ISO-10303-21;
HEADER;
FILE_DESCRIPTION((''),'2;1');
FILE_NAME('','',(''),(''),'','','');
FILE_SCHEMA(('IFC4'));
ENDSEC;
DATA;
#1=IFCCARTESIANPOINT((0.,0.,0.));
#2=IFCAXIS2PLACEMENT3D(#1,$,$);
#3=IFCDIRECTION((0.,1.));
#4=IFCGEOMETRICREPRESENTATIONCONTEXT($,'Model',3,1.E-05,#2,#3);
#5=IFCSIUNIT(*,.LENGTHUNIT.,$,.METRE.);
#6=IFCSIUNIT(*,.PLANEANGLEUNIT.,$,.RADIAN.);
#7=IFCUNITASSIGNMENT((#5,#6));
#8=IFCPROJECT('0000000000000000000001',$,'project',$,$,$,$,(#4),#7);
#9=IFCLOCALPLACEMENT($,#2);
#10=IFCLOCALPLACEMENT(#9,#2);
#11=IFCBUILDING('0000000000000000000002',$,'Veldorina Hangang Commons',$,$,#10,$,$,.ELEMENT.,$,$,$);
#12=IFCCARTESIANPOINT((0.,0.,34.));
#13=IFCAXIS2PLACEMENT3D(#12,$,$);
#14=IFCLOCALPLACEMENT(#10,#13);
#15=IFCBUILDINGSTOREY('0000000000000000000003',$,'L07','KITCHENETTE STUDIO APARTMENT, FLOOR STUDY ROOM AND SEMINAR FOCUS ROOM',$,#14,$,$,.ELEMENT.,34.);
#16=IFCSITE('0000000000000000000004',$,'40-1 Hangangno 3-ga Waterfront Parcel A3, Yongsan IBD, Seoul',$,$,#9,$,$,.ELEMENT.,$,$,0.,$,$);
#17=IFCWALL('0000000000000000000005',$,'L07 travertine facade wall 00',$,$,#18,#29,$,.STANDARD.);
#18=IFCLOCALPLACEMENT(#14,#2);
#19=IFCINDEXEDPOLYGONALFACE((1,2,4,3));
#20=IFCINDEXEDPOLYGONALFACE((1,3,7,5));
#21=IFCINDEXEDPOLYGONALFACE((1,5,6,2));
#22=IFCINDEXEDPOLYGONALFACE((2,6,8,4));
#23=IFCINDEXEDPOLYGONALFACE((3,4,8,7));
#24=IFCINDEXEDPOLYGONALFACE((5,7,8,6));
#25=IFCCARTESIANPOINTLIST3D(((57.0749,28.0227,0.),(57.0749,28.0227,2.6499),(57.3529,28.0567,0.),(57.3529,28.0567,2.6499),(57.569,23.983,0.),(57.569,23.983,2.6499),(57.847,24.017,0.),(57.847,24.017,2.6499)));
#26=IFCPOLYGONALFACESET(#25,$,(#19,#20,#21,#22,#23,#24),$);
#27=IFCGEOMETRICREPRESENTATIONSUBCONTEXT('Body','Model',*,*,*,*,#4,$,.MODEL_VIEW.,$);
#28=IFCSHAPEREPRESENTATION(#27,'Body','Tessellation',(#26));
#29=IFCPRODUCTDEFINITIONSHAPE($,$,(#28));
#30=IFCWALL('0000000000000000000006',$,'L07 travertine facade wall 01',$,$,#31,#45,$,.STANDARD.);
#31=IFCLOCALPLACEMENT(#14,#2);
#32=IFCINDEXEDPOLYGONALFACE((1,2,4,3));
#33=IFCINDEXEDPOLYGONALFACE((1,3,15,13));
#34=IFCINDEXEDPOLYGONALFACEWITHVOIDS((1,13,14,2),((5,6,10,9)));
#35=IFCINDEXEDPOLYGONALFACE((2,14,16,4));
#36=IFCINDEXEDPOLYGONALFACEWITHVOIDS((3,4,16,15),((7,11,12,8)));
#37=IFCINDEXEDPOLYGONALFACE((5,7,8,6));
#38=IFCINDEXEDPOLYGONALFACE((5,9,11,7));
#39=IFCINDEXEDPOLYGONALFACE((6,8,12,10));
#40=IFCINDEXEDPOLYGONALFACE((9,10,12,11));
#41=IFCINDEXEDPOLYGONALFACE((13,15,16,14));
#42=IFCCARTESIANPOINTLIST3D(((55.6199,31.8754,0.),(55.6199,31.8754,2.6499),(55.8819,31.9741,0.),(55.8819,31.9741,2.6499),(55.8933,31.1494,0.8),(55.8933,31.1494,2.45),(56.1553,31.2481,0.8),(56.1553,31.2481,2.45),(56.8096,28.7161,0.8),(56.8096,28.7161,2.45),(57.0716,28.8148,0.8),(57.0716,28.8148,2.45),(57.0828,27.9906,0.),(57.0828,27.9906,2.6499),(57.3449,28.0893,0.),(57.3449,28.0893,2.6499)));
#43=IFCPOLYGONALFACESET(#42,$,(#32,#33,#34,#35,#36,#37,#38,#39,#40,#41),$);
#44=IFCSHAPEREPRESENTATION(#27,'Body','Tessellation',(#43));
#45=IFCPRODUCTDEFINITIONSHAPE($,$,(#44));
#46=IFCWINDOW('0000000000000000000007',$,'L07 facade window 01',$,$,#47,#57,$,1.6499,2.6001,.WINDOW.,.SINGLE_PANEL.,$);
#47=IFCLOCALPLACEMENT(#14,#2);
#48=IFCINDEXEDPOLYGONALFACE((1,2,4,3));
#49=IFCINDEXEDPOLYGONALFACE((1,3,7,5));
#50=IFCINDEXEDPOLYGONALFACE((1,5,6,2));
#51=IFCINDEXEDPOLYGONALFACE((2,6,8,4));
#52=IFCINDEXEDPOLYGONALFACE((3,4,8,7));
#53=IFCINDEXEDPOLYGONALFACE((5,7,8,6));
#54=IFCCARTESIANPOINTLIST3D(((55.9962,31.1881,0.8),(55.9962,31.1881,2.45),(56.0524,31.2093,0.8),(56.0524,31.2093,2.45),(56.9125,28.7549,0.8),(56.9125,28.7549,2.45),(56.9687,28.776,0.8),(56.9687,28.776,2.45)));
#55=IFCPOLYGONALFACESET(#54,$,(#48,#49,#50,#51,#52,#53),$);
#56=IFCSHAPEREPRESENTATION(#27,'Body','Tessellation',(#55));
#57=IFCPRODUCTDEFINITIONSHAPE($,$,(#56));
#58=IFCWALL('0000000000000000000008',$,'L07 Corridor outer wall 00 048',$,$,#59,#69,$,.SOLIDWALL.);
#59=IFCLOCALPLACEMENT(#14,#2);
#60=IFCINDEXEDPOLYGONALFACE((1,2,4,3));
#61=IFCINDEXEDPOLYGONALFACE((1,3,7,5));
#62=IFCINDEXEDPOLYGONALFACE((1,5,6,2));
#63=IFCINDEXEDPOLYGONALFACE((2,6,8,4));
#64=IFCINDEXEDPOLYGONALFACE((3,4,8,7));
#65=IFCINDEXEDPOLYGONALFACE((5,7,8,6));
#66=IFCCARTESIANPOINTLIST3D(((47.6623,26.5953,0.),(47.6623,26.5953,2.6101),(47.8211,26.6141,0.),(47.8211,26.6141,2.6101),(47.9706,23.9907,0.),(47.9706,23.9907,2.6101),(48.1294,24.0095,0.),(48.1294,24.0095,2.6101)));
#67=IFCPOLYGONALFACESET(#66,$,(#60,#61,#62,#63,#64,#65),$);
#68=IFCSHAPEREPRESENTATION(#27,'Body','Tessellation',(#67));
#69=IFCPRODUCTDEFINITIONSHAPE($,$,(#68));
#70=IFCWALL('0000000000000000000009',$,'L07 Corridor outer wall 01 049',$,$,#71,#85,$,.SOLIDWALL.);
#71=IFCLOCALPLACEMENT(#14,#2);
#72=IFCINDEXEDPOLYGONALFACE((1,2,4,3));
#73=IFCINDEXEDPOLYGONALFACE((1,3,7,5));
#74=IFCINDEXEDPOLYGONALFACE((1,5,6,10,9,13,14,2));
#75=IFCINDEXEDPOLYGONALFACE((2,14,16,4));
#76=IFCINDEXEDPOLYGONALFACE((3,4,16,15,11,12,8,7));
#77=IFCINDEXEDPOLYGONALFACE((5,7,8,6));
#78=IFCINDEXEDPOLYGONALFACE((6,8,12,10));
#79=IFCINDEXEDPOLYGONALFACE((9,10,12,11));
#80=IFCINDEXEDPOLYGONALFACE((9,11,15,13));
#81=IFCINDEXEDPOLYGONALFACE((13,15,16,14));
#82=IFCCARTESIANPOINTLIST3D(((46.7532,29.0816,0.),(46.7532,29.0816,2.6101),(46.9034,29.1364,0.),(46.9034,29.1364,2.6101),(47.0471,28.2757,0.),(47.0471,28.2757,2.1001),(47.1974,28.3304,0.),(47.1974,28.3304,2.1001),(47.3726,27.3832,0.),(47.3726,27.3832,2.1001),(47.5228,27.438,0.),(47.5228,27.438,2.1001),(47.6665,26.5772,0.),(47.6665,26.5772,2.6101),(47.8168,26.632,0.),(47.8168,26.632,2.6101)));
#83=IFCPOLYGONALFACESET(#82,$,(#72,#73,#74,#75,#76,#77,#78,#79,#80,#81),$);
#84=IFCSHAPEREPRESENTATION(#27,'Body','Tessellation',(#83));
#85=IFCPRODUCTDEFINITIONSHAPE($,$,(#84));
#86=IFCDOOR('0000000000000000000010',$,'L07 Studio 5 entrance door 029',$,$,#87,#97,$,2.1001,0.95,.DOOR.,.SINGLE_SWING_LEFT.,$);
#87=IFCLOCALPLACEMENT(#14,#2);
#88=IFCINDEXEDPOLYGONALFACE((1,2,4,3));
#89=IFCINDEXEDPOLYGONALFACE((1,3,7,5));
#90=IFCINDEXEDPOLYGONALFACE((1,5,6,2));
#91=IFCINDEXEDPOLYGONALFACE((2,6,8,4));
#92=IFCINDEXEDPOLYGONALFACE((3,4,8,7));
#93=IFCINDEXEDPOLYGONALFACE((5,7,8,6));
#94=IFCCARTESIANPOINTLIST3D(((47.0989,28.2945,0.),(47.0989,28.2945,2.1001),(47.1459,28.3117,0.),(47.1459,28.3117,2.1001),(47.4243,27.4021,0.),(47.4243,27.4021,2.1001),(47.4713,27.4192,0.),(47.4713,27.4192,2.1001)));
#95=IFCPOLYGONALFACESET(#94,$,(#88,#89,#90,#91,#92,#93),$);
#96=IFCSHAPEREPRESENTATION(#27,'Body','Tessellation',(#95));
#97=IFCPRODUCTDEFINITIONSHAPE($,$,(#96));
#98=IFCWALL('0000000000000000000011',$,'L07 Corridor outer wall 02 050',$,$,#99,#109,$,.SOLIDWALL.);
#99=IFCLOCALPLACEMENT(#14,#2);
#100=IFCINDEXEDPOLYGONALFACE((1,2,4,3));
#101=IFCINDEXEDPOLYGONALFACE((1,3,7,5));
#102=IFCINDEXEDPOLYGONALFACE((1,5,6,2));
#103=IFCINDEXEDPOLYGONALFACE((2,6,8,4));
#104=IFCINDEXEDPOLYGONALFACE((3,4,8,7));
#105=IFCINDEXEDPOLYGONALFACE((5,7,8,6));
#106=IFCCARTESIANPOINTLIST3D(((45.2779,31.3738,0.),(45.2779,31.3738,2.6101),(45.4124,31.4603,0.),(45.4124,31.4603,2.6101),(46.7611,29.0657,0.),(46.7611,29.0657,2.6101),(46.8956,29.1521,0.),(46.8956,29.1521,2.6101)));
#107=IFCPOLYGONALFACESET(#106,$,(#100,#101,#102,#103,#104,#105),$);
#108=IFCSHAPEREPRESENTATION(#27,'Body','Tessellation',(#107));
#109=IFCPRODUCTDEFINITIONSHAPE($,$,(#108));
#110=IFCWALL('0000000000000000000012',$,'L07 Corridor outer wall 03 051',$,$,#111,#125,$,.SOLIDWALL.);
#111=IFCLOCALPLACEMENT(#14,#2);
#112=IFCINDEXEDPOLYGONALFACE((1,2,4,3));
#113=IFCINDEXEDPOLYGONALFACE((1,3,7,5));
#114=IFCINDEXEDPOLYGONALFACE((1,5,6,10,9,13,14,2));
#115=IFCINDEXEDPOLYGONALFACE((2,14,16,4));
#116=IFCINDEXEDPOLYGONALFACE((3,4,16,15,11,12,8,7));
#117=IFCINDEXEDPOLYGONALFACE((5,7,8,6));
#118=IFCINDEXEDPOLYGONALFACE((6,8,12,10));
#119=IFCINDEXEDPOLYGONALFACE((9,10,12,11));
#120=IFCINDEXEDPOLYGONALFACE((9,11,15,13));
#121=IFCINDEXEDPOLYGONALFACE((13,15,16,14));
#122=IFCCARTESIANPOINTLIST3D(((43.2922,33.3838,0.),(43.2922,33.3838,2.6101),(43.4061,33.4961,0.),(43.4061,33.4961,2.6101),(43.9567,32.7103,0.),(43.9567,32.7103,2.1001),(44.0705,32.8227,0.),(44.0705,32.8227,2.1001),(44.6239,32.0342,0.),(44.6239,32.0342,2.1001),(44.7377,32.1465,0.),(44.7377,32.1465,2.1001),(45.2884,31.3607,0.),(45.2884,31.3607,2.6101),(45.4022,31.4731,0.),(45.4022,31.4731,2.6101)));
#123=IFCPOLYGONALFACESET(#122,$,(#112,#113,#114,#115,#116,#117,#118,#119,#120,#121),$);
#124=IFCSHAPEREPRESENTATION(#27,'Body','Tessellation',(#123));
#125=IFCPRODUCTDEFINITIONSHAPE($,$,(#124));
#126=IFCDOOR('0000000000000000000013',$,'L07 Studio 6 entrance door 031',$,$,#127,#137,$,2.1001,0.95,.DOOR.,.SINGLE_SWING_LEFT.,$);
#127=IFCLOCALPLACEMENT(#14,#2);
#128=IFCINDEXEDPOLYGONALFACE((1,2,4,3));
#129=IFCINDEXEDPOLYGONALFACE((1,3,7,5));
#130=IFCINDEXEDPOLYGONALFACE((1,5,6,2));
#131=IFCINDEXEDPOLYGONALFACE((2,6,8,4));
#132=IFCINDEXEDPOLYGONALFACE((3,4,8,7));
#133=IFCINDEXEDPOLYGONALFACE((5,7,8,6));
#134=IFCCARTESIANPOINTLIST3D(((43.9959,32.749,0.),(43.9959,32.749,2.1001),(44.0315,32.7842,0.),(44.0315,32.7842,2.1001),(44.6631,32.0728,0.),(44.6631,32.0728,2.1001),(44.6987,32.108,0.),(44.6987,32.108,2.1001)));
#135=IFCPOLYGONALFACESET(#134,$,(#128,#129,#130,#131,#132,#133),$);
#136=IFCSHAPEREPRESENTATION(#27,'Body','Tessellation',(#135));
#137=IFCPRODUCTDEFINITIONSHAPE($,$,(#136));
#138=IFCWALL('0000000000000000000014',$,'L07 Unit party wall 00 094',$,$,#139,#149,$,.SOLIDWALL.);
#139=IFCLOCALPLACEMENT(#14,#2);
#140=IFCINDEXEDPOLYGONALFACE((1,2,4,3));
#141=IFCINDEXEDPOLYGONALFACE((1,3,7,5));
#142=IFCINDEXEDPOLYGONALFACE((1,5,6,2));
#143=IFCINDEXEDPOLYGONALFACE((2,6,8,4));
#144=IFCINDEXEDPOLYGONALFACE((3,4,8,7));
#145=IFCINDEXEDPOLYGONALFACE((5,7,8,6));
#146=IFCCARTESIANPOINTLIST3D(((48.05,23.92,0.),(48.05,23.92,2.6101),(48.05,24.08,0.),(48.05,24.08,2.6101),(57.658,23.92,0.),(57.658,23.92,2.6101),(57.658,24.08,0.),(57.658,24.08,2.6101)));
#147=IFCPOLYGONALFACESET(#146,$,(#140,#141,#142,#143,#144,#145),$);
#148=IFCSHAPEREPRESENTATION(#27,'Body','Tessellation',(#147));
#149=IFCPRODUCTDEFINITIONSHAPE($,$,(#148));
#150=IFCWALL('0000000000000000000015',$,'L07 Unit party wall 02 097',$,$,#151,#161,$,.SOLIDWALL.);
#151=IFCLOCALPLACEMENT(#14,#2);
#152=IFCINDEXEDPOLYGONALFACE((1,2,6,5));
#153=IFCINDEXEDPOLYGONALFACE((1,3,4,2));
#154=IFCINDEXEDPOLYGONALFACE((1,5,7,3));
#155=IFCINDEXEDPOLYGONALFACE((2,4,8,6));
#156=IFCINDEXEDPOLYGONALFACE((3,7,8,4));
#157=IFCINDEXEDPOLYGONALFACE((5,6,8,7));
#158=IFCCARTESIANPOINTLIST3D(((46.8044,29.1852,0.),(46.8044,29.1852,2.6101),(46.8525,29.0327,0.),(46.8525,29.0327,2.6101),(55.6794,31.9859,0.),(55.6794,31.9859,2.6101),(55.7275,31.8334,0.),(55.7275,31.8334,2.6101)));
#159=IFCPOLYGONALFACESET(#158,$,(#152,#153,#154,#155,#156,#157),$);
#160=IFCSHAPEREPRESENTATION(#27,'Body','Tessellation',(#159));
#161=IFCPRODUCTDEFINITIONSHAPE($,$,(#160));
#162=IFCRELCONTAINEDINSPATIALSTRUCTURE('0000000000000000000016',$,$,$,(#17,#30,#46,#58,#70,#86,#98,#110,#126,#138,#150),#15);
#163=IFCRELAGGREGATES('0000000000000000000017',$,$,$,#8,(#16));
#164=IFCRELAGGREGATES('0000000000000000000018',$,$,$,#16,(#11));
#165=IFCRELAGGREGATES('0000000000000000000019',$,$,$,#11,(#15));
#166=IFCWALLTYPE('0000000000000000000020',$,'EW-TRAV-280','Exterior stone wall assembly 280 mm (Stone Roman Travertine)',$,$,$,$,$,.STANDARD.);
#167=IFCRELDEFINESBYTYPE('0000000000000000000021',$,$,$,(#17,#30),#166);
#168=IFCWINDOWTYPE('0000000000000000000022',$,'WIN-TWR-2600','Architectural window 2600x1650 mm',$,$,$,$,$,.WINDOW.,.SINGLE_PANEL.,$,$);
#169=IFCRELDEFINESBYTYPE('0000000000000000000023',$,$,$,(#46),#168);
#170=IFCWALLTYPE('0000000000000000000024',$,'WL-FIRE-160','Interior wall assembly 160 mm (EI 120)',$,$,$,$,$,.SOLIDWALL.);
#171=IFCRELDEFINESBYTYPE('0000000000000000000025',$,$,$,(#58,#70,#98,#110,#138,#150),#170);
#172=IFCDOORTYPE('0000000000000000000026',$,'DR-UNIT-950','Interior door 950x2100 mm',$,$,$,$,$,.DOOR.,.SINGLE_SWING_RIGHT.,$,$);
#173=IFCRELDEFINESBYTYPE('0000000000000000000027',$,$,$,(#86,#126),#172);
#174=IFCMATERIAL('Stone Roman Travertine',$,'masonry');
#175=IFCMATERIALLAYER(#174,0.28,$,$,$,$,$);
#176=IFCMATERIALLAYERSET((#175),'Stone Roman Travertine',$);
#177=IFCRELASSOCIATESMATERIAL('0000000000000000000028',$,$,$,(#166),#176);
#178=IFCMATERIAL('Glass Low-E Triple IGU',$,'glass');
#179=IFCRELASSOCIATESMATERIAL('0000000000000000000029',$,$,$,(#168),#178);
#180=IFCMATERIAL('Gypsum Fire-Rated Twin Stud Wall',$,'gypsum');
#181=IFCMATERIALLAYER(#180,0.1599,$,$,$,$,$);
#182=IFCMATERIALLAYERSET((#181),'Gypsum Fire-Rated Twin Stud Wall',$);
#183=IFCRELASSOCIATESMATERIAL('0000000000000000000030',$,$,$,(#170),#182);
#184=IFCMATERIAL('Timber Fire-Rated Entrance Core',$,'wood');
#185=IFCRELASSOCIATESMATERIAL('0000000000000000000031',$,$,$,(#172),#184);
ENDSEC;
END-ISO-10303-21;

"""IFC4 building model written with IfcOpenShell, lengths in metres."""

from ifc_helpers import new_model, si_unit, direction, frame, frame_2d, origin, place, context, subcontext, project, spatial, rectangle, extrude, material, layer, layer_set, type_object, element, fill, save


model = new_model("IFC4")

# Units and contexts
model_context = context("Model", 3, precision=1e-05, world=origin(), true_north=direction((0.0, 1.0)))
body_context = subcontext(model_context, "Body", "Model", "MODEL_VIEW")
ifc_project = project(units=[si_unit("LENGTHUNIT", "METRE"), si_unit("PLANEANGLEUNIT", "RADIAN")], contexts=[model_context])

# Site, building, storey
site_placement = place(None, origin())
site = spatial("IfcSite", under=ifc_project, at=site_placement, Name="40-1 Hangangno 3-ga Waterfront Parcel A3, Yongsan IBD, Seoul", CompositionType="ELEMENT", RefElevation=0.0)
building_placement = place(site_placement, origin())
building = spatial("IfcBuilding", under=site, at=building_placement, Name="Veldorina Hangang Commons", CompositionType="ELEMENT")
storey_placement = place(building_placement, frame((0.0, 0.0, 34.0)))
storey = spatial("IfcBuildingStorey", under=building, at=storey_placement, Name="L07", Description="KITCHENETTE STUDIO APARTMENT, FLOOR STUDY ROOM AND SEMINAR FOCUS ROOM", CompositionType="ELEMENT", Elevation=34.0)

# Wall
ifc_material_1 = material(Name="Stone Roman Travertine", Category="masonry")
ifc_layer_1 = layer(ifc_material_1, 0.28)
ifc_layer_set_1 = layer_set([ifc_layer_1], Name="Stone Roman Travertine")
wall_type_1 = type_object("IfcWallType", Name="EW-TRAV-280", Description="Exterior stone wall assembly 280 mm (Stone Roman Travertine)", PredefinedType="STANDARD", material=ifc_layer_set_1)
wall_1_placement = place(storey_placement, frame((57.708, 24.0, 0.0), z_axis=(0.0, 0.0, 1.0), x_axis=(-0.121413, 0.992602, 0.0)))
element("IfcWall", 1, at=wall_1_placement, inside=storey, type_object=wall_type_1, Name="L07 travertine facade wall 00", PredefinedType="STANDARD", context=body_context, shape_type="SweptSolid", body=[
    extrude(rectangle(XDim=4.0698, YDim=0.28, at=frame_2d((2.0349, 0.0))), origin(), (0.0, 0.0, 1.0), 2.6499),
])

# Wall, opening, window
wall_2_placement = place(storey_placement, frame((57.2139, 28.0398, 0.0), z_axis=(0.0, 0.0, 1.0), x_axis=(-0.352412, 0.935845, 0.0)))
wall_2 = element("IfcWall", 2, at=wall_2_placement, inside=storey, type_object=wall_type_1, Name="L07 travertine facade wall 01", PredefinedType="STANDARD", context=body_context, shape_type="SweptSolid", body=[
    extrude(rectangle(XDim=4.1511, YDim=0.28, at=frame_2d((2.0757, 0.0))), origin(), (0.0, 0.0, 1.0), 2.6499),
])
opening_1_placement = place(wall_2_placement, frame((0.7754, 0.0, 0.8)))
opening_1 = element("IfcOpeningElement", 3, at=opening_1_placement, cuts=wall_2, PredefinedType="OPENING", context=body_context, shape_type="SweptSolid", body=[
    extrude(rectangle(XDim=2.6001, YDim=1.6499, at=frame_2d((1.3, 0.825))), frame((0.0, 0.1499, 0.0), z_axis=(0.0, -1.0, 0.0), x_axis=(1.0, 0.0, 0.0)), (0.0, 0.0, 1.0), 0.3),
])
ifc_material_2 = material(Name="Glass Low-E Triple IGU", Category="glass")
window_type = type_object("IfcWindowType", Name="WIN-TWR-2600", Description="Architectural window 2600x1650 mm", PartitioningType="SINGLE_PANEL", PredefinedType="WINDOW", material=ifc_material_2)
window_placement = place(opening_1_placement, origin())
window = element("IfcWindow", 4, at=window_placement, inside=storey, type_object=window_type, Name="L07 facade window 01", OverallHeight=1.6499, OverallWidth=2.6001, PartitioningType="SINGLE_PANEL", PredefinedType="WINDOW", context=body_context, shape_type="SweptSolid", body=[
    extrude(rectangle(XDim=2.6001, YDim=1.6499, at=frame_2d((1.3, 0.825))), frame((0.0, 0.03, 0.0), z_axis=(0.0, -1.0, 0.0), x_axis=(1.0, 0.0, 0.0)), (0.0, 0.0, 1.0), 0.0601),
])
fill(opening_1, window)

# Wall
ifc_material_3 = material(Name="Gypsum Fire-Rated Twin Stud Wall", Category="gypsum")
ifc_layer_2 = layer(ifc_material_3, 0.1599)
ifc_layer_set_2 = layer_set([ifc_layer_2], Name="Gypsum Fire-Rated Twin Stud Wall")
wall_type_2 = type_object("IfcWallType", Name="WL-FIRE-160", Description="Interior wall assembly 160 mm (EI 120)", PredefinedType="SOLIDWALL", material=ifc_layer_set_2)
wall_3_placement = place(storey_placement, frame((48.05, 24.0, 0.0), z_axis=(0.0, 0.0, 1.0), x_axis=(-0.11757, 0.993065, 0.0)))
element("IfcWall", 5, at=wall_3_placement, inside=storey, type_object=wall_type_2, Name="L07 Corridor outer wall 00 048", PredefinedType="SOLIDWALL", context=body_context, shape_type="SweptSolid", body=[
    extrude(rectangle(XDim=2.6228, YDim=0.1599, at=frame_2d((1.3115, 0.0))), origin(), (0.0, 0.0, 1.0), 2.6101),
])

# Wall, opening, door
wall_4_placement = place(storey_placement, frame((47.7417, 26.6045, 0.0), z_axis=(0.0, 0.0, 1.0), x_axis=(-0.342618, 0.939475, 0.0)))
wall_4 = element("IfcWall", 6, at=wall_4_placement, inside=storey, type_object=wall_type_2, Name="L07 Corridor outer wall 01 049", PredefinedType="SOLIDWALL", context=body_context, shape_type="SweptSolid", body=[
    extrude(rectangle(XDim=2.6658, YDim=0.1599, at=frame_2d((1.333, 0.0))), origin(), (0.0, 0.0, 1.0), 2.6101),
])
opening_2_placement = place(wall_4_placement, frame((0.8579, 0.0, 0.0)))
opening_2 = element("IfcOpeningElement", 7, at=opening_2_placement, cuts=wall_4, PredefinedType="OPENING", context=body_context, shape_type="SweptSolid", body=[
    extrude(rectangle(XDim=0.95, YDim=2.1001, at=frame_2d((0.4751, 1.05))), frame((0.0, 0.0898, 0.0), z_axis=(0.0, -1.0, 0.0), x_axis=(1.0, 0.0, 0.0)), (0.0, 0.0, 1.0), 0.1799),
])
ifc_material_4 = material(Name="Timber Fire-Rated Entrance Core", Category="wood")
door_type_1 = type_object("IfcDoorType", Name="DR-UNIT-950", Description="Interior door 950x2100 mm", OperationType="SINGLE_SWING_RIGHT", PredefinedType="DOOR", material=ifc_material_4)
door_1_placement = place(opening_2_placement, origin())
door_1 = element("IfcDoor", 8, at=door_1_placement, inside=storey, type_object=door_type_1, Name="L07 Studio 5 entrance door 029", OperationType="SINGLE_SWING_LEFT", OverallHeight=2.1001, OverallWidth=0.95, PredefinedType="DOOR", context=body_context, shape_type="SweptSolid", body=[
    extrude(rectangle(XDim=0.95, YDim=2.1001, at=frame_2d((0.4751, 1.05))), frame((0.0, 0.0249, 0.0), z_axis=(0.0, -1.0, 0.0), x_axis=(1.0, 0.0, 0.0)), (0.0, 0.0, 1.0), 0.05),
])
fill(opening_2, door_1)

# Wall
wall_5_placement = place(storey_placement, frame((46.8284, 29.1089, 0.0), z_axis=(0.0, 0.0, 1.0), x_axis=(-0.540596, 0.841283, 0.0)))
element("IfcWall", 9, at=wall_5_placement, inside=storey, type_object=wall_type_2, Name="L07 Corridor outer wall 02 050", PredefinedType="SOLIDWALL", context=body_context, shape_type="SweptSolid", body=[
    extrude(rectangle(XDim=2.7437, YDim=0.1599, at=frame_2d((1.3718, 0.0))), origin(), (0.0, 0.0, 1.0), 2.6101),
])

# Wall, opening, door
wall_6_placement = place(storey_placement, frame((45.3452, 31.417, 0.0), z_axis=(0.0, 0.0, 1.0), x_axis=(-0.702366, 0.711816, 0.0)))
wall_6 = element("IfcWall", 10, at=wall_6_placement, inside=storey, type_object=wall_type_2, Name="L07 Corridor outer wall 03 051", PredefinedType="SOLIDWALL", context=body_context, shape_type="SweptSolid", body=[
    extrude(rectangle(XDim=2.842, YDim=0.1599, at=frame_2d((1.4209, 0.0))), origin(), (0.0, 0.0, 1.0), 2.6101),
])
opening_3_placement = place(wall_6_placement, frame((0.9458, 0.0, 0.0)))
opening_3 = element("IfcOpeningElement", 11, at=opening_3_placement, cuts=wall_6, PredefinedType="OPENING", context=body_context, shape_type="SweptSolid", body=[
    extrude(rectangle(XDim=0.95, YDim=2.1001, at=frame_2d((0.4751, 1.05))), frame((0.0, 0.0898, 0.0), z_axis=(0.0, -1.0, 0.0), x_axis=(1.0, 0.0, 0.0)), (0.0, 0.0, 1.0), 0.1799),
])
door_2_placement = place(opening_3_placement, origin())
door_2 = element("IfcDoor", 12, at=door_2_placement, inside=storey, type_object=door_type_1, Name="L07 Studio 6 entrance door 031", OperationType="SINGLE_SWING_LEFT", OverallHeight=2.1001, OverallWidth=0.95, PredefinedType="DOOR", context=body_context, shape_type="SweptSolid", body=[
    extrude(rectangle(XDim=0.95, YDim=2.1001, at=frame_2d((0.4751, 1.05))), frame((0.0, 0.0249, 0.0), z_axis=(0.0, -1.0, 0.0), x_axis=(1.0, 0.0, 0.0)), (0.0, 0.0, 1.0), 0.05),
])
fill(opening_3, door_2)

# Walls
wall_7_placement = place(storey_placement, frame((48.05, 24.0, 0.0), z_axis=(0.0, 0.0, 1.0), x_axis=(1.0, 0.0, 0.0)))
element("IfcWall", 13, at=wall_7_placement, inside=storey, type_object=wall_type_2, Name="L07 Unit party wall 00 094", PredefinedType="SOLIDWALL", context=body_context, shape_type="SweptSolid", body=[
    extrude(rectangle(XDim=9.6079, YDim=0.1599, at=frame_2d((4.804, 0.0))), origin(), (0.0, 0.0, 1.0), 2.6101),
])
wall_8_placement = place(storey_placement, frame((46.8284, 29.1089, 0.0), z_axis=(0.0, 0.0, 1.0), x_axis=(0.95364, 0.300951, 0.0)))
element("IfcWall", 14, at=wall_8_placement, inside=storey, type_object=wall_type_2, Name="L07 Unit party wall 02 097", PredefinedType="SOLIDWALL", context=body_context, shape_type="SweptSolid", body=[
    extrude(rectangle(XDim=9.3064, YDim=0.1599, at=frame_2d((4.6533, 0.0))), origin(), (0.0, 0.0, 1.0), 2.6101),
])

save(model, "model.ifc")
